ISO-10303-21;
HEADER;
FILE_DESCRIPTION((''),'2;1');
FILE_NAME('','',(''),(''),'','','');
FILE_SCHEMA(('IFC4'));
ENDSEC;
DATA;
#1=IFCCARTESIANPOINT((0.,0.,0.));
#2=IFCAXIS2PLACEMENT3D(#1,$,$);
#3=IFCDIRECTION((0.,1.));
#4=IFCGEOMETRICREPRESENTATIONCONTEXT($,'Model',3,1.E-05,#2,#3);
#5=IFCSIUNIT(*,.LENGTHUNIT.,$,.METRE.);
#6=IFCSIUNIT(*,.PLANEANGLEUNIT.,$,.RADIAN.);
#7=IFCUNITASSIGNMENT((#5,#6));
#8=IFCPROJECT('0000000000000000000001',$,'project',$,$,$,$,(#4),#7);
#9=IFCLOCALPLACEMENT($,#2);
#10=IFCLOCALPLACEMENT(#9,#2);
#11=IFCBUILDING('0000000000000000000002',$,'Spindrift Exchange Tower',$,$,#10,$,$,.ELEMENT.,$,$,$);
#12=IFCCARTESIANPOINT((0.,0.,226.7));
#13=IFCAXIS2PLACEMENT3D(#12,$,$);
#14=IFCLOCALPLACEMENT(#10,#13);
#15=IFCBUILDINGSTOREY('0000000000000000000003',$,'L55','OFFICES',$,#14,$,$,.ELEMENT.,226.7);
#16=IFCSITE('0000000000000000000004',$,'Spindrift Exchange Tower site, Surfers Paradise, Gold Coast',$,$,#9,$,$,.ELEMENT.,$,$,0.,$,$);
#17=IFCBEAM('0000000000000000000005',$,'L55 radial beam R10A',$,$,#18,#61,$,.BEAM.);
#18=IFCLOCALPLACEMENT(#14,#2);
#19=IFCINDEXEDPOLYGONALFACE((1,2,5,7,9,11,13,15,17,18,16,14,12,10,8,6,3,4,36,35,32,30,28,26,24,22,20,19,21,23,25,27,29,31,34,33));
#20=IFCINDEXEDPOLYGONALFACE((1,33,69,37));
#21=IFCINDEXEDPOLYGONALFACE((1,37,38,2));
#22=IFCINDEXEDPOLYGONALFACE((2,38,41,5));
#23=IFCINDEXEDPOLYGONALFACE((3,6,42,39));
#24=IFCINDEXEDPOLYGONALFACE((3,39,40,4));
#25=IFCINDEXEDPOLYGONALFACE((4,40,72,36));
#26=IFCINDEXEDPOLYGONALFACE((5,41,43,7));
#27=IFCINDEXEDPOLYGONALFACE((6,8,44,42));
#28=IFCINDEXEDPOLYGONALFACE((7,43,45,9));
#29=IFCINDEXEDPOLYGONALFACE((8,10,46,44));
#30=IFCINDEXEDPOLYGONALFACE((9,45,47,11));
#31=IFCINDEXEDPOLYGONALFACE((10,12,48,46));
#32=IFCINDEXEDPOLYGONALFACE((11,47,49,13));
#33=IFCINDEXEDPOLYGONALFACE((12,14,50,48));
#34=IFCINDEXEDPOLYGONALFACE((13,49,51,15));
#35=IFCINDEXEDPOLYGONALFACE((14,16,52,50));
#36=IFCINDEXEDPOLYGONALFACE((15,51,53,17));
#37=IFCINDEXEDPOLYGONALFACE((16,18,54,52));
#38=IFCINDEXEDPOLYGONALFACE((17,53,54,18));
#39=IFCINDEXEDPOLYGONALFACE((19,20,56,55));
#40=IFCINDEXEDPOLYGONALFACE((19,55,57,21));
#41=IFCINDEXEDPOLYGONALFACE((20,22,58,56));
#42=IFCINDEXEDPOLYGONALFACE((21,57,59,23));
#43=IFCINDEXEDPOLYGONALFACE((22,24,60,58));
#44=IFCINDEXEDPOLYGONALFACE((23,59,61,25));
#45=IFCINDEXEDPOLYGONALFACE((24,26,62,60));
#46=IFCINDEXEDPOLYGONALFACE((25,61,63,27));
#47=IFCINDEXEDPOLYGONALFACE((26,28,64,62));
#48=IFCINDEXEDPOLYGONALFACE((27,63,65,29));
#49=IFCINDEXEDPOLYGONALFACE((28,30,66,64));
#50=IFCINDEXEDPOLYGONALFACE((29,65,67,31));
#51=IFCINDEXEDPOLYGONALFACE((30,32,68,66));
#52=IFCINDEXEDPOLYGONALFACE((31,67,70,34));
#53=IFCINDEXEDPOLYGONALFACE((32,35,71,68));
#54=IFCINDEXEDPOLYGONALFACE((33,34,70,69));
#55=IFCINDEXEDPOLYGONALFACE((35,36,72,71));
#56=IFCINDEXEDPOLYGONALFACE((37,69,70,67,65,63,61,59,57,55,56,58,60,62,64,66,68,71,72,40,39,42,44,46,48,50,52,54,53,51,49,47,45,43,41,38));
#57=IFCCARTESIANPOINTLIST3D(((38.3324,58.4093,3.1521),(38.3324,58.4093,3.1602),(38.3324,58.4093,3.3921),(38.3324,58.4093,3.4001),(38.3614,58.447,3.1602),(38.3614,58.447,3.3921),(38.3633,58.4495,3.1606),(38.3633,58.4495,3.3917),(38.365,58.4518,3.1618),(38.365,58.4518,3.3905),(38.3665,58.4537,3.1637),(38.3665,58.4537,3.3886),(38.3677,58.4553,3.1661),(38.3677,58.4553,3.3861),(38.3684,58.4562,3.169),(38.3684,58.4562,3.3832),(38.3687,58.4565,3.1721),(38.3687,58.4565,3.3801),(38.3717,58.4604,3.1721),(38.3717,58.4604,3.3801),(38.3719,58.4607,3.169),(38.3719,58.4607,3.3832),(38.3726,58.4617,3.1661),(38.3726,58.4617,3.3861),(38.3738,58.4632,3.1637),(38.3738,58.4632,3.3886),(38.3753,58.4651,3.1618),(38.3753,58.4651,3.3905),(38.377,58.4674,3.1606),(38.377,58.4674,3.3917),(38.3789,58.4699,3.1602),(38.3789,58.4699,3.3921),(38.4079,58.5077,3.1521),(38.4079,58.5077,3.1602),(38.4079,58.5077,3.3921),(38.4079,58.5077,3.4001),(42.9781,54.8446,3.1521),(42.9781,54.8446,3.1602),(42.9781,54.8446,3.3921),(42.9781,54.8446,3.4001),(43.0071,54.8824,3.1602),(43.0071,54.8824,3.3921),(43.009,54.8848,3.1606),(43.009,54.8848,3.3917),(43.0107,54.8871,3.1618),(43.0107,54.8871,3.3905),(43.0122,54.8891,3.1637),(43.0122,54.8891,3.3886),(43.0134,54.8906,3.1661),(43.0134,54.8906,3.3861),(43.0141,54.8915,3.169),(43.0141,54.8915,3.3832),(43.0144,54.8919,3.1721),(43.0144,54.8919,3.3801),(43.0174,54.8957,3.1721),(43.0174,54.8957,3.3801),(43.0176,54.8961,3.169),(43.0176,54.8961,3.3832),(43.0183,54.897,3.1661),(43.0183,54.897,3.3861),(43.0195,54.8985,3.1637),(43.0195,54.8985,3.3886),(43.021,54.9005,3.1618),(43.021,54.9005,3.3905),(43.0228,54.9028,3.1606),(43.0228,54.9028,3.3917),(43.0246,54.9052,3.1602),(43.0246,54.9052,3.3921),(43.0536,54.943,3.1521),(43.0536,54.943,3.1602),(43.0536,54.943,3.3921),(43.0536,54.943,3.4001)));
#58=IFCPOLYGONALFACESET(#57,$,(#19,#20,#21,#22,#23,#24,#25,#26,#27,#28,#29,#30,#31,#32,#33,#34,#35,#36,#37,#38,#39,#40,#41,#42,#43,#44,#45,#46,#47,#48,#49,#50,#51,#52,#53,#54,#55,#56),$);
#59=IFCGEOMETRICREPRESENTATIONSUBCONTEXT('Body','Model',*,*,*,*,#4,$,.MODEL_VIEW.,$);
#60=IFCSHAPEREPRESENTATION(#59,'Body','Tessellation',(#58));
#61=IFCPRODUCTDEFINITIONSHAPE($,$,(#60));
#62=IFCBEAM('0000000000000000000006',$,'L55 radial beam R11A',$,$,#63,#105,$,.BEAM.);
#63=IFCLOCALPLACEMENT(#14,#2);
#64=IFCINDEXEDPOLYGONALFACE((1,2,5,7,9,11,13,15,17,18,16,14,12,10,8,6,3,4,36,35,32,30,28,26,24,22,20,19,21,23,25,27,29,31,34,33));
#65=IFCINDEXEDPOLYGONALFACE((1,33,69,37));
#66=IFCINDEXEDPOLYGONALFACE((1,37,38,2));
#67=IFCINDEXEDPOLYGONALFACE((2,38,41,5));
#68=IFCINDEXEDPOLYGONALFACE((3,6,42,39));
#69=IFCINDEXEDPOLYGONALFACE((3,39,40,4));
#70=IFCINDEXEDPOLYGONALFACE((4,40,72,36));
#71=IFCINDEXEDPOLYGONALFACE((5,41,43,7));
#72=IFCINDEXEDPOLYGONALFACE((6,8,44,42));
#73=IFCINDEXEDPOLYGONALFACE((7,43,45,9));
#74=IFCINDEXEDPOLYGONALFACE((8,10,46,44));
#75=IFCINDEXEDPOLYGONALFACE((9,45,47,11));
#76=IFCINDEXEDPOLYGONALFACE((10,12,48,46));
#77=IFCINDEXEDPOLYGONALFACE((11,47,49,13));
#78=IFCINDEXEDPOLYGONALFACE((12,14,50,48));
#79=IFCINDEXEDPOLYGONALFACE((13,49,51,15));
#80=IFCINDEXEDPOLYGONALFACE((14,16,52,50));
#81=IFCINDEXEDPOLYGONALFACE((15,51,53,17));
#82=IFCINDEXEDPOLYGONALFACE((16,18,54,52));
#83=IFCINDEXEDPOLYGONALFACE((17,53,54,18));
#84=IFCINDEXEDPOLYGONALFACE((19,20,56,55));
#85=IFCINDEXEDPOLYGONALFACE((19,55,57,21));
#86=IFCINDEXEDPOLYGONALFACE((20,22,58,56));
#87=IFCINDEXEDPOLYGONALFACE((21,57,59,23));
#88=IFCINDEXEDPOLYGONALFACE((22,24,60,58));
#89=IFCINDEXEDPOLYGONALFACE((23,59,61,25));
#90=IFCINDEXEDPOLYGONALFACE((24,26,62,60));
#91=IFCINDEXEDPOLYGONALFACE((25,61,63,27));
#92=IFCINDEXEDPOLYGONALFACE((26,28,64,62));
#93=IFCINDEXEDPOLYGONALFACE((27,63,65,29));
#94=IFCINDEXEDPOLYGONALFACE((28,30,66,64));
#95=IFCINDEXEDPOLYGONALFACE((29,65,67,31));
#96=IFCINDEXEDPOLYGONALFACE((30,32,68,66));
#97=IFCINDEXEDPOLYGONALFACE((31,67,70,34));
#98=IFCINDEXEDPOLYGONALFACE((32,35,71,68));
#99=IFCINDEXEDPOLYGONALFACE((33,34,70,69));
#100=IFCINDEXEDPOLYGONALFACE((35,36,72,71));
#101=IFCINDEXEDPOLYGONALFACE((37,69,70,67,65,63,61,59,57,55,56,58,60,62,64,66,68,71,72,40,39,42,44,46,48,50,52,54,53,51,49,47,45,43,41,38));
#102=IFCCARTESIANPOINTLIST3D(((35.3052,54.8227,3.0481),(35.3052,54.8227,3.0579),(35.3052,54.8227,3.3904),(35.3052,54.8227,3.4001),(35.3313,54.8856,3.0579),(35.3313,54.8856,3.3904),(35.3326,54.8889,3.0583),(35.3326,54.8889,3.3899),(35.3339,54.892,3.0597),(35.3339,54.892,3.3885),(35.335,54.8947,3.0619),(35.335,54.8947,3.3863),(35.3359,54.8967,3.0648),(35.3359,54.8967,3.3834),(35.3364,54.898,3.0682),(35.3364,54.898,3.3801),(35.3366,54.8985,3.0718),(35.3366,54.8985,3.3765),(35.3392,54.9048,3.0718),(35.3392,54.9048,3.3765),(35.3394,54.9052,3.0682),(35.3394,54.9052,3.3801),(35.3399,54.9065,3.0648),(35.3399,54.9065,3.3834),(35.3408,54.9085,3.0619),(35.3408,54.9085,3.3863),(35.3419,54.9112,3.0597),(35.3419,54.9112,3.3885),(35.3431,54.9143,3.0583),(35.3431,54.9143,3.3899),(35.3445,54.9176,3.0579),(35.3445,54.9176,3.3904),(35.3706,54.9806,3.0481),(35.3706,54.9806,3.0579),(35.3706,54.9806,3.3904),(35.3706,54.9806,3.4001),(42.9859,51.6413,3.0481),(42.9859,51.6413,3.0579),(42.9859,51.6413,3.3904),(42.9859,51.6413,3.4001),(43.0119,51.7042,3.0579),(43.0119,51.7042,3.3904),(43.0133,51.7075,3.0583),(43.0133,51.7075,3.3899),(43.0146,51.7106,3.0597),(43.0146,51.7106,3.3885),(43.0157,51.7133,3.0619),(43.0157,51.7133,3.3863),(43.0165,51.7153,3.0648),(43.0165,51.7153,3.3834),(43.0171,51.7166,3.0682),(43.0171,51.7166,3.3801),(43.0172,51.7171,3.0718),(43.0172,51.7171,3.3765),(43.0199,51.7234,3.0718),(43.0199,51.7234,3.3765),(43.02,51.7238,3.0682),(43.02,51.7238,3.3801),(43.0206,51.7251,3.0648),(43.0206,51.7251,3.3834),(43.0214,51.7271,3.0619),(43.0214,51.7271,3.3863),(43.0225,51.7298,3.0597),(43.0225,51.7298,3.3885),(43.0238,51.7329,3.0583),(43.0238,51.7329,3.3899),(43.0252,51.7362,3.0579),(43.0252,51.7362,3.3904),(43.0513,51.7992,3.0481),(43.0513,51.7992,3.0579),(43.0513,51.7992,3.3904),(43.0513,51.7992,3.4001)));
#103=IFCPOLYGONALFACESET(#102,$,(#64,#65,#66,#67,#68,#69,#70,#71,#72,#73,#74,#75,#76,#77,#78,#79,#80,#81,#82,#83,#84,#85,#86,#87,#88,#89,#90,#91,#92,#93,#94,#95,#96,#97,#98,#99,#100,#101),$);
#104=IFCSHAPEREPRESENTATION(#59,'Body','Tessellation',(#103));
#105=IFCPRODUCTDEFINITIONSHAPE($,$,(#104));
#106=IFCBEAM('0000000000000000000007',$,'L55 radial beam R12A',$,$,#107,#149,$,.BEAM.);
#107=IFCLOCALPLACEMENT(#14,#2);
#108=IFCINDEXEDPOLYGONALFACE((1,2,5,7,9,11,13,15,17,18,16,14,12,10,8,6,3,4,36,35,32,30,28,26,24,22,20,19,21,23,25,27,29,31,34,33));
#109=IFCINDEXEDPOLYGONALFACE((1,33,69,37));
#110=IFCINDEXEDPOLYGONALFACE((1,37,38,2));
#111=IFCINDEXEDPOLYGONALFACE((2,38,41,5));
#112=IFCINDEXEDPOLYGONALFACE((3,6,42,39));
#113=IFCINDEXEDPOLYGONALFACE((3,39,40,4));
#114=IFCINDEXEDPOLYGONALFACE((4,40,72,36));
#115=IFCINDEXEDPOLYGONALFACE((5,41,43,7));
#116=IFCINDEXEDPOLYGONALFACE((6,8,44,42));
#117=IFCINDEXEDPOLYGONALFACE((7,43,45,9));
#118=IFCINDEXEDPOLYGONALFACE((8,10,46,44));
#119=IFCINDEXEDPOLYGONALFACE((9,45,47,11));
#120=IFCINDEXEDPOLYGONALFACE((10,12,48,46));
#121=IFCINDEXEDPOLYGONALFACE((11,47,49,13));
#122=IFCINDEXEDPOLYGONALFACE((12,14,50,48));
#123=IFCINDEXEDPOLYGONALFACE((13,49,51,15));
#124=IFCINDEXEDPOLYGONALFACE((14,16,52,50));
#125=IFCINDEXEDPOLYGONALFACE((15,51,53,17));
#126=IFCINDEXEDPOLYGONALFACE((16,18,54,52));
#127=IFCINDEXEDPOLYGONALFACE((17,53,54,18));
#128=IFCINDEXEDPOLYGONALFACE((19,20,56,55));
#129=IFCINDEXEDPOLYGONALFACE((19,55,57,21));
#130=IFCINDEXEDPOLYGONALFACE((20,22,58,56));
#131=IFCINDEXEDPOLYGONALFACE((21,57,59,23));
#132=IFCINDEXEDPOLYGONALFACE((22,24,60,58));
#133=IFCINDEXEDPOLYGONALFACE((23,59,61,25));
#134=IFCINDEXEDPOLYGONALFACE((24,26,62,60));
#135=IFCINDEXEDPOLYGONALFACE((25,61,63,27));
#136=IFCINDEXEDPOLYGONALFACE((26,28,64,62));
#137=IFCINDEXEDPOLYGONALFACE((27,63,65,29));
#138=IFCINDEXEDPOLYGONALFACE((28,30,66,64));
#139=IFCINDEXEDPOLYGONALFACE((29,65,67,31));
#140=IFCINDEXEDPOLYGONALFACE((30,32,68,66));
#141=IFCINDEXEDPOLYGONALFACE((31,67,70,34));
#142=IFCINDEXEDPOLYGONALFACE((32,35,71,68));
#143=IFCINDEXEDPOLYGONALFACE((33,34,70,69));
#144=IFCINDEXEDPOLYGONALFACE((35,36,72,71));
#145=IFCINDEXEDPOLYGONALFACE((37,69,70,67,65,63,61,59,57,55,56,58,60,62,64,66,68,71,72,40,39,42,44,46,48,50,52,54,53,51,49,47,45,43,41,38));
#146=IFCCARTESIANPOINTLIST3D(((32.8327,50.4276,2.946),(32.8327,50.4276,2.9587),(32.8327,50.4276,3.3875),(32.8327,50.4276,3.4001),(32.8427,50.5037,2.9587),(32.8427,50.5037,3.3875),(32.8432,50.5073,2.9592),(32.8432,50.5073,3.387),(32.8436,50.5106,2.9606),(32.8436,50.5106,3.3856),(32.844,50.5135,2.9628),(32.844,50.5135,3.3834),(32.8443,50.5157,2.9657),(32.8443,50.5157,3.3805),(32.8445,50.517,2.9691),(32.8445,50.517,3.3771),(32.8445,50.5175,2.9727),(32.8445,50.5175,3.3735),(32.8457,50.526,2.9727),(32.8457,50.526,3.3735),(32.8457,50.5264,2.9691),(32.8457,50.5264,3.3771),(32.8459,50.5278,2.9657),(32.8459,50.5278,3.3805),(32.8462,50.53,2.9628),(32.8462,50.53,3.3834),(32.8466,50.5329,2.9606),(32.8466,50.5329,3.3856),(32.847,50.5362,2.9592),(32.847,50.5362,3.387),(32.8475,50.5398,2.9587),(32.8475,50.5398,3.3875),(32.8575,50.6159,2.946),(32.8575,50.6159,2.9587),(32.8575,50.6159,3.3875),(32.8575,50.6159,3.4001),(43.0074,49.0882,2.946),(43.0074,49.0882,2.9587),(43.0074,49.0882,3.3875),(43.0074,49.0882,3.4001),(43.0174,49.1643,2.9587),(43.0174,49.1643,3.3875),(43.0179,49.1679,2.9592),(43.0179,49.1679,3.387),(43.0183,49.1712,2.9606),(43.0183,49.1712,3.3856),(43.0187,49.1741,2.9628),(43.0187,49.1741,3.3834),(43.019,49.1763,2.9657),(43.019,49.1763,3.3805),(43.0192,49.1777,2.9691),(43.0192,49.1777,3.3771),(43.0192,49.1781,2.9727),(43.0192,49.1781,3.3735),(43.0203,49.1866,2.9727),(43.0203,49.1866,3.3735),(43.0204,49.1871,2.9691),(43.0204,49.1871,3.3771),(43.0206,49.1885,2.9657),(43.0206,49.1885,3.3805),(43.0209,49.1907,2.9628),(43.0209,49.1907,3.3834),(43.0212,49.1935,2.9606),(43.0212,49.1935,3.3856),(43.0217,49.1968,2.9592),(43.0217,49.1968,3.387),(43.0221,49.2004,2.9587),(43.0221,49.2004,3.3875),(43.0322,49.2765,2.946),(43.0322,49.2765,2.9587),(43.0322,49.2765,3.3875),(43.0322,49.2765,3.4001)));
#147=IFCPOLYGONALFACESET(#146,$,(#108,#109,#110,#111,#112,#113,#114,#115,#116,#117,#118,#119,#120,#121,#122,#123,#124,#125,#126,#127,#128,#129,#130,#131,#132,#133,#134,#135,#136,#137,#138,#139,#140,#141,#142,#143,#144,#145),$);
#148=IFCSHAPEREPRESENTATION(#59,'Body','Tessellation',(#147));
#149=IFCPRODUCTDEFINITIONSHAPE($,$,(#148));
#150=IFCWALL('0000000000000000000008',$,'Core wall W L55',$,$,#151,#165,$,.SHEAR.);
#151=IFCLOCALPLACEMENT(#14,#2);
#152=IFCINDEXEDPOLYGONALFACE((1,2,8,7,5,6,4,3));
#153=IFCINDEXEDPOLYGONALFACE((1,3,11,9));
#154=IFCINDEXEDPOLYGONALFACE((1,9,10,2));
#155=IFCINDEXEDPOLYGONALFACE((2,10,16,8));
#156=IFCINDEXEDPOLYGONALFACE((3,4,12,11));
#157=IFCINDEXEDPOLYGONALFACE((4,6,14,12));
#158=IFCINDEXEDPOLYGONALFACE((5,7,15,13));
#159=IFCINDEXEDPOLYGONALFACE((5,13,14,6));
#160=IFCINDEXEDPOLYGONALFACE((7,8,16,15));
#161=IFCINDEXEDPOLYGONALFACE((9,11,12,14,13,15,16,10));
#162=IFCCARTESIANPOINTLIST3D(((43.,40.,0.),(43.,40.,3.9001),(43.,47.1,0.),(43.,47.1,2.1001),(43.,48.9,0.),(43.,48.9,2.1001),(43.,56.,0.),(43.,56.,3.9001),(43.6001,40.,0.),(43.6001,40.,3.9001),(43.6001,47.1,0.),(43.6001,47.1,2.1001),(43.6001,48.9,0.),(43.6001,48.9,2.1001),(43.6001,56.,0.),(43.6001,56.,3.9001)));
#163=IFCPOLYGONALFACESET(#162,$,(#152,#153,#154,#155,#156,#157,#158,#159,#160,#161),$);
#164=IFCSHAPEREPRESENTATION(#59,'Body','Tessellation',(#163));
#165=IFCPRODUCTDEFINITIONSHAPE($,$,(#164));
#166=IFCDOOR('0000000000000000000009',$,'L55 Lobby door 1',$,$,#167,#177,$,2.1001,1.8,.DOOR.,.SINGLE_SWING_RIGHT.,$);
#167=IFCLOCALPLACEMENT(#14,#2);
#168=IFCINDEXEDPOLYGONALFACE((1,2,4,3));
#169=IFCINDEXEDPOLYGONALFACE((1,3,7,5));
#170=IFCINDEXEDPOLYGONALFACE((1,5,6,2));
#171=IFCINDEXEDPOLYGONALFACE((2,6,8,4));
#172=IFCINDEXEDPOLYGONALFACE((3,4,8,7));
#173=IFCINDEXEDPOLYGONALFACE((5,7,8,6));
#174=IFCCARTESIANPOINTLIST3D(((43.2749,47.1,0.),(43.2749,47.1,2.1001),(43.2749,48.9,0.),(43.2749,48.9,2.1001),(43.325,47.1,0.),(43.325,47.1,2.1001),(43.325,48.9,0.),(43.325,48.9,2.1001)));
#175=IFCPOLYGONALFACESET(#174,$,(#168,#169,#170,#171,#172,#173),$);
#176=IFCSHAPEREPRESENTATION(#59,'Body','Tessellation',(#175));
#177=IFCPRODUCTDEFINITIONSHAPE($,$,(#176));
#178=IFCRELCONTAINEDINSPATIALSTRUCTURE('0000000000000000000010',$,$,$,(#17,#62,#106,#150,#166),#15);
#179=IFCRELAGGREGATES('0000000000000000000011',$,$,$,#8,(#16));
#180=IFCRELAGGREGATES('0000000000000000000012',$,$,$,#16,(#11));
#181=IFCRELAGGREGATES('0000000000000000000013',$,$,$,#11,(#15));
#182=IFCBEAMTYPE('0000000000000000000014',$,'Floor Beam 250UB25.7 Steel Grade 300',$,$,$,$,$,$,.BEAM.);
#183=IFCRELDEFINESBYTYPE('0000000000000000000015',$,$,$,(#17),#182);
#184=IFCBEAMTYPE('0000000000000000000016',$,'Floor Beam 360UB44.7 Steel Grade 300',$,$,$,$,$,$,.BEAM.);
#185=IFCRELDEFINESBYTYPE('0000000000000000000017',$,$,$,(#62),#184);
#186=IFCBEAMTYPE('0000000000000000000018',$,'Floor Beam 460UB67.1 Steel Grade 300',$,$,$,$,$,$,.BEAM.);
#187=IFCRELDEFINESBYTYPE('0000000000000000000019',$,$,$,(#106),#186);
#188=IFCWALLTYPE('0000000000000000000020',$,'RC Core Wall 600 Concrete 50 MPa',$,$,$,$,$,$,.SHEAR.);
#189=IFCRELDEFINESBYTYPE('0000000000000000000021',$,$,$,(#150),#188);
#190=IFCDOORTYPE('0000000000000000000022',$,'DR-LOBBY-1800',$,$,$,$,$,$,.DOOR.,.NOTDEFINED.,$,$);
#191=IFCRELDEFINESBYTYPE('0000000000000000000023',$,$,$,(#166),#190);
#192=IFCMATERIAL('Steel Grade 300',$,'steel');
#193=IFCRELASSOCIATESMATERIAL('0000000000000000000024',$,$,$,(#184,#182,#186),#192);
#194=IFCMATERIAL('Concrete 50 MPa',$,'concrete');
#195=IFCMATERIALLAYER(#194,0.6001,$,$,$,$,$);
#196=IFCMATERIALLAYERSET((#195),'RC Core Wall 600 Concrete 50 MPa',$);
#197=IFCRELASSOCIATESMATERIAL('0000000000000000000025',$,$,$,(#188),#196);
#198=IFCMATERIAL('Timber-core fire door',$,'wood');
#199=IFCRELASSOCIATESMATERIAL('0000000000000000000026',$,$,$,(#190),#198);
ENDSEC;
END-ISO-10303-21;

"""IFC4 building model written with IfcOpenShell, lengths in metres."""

from ifc_helpers import new_model, si_unit, direction, frame, frame_2d, origin, origin_2d, place, context, subcontext, project, spatial, rectangle, i_section, extrude, source, transform, mapped, material, layer, layer_set, material_profile, profile_set, type_object, element, fill, save


model = new_model("IFC4")

# Units and contexts
model_context = context("Model", 3, precision=1e-05, world=origin(), true_north=direction((0.0, 1.0)))
body_context = subcontext(model_context, "Body", "Model", "MODEL_VIEW")
ifc_project = project(units=[si_unit("LENGTHUNIT", "METRE"), si_unit("PLANEANGLEUNIT", "RADIAN")], contexts=[model_context])

# Site, building, storey
site_placement = place(None, origin())
site = spatial("IfcSite", under=ifc_project, at=site_placement, Name="Spindrift Exchange Tower site, Surfers Paradise, Gold Coast", CompositionType="ELEMENT", RefElevation=0.0)
building_placement = place(site_placement, origin())
building = spatial("IfcBuilding", under=site, at=building_placement, Name="Spindrift Exchange Tower", CompositionType="ELEMENT")
storey_placement = place(building_placement, frame((0.0, 0.0, 226.7)))
storey = spatial("IfcBuildingStorey", under=building, at=storey_placement, Name="L55", Description="OFFICES", CompositionType="ELEMENT", Elevation=226.7)

# Beams
ifc_material_1 = material(Name="Steel Grade 300", Category="steel")
ifc_material_profile_1 = material_profile(ifc_material_1, i_section(OverallWidth=0.1709, OverallDepth=0.3521, WebThickness=0.0068, FlangeThickness=0.0098, FilletRadius=0.0139, at=origin_2d()), Name="360UB44.7")
ifc_profile_set_1 = profile_set([ifc_material_profile_1], Name="Steel Grade 300")
beam_type_1 = type_object("IfcBeamType", Name="Floor Beam 360UB44.7 Steel Grade 300", PredefinedType="BEAM", material=ifc_profile_set_1)
ifc_material_profile_2 = material_profile(ifc_material_1, i_section(OverallWidth=0.124, OverallDepth=0.248, WebThickness=0.0049, FlangeThickness=0.0081, FilletRadius=0.012, at=origin_2d()), Name="250UB25.7")
ifc_profile_set_2 = profile_set([ifc_material_profile_2], Name="Steel Grade 300")
beam_type_2 = type_object("IfcBeamType", Name="Floor Beam 250UB25.7 Steel Grade 300", PredefinedType="BEAM", material=ifc_profile_set_2)
shared_shape_1 = source(origin(), body_context, "Body", "SweptSolid", [
    extrude(i_section(OverallWidth=0.124, OverallDepth=0.248, WebThickness=0.0049, FlangeThickness=0.0081, FilletRadius=0.012, at=origin_2d()), origin(), (0.0, 0.0, 1.0), 5.8557),
])
beam_1_placement = place(storey_placement, frame((43.0159, 54.8938, 3.2761), z_axis=(-0.793363, 0.608749, 0.0), x_axis=(-0.608749, -0.793363, 0.0)))
element("IfcBeam", 1, at=beam_1_placement, inside=storey, type_object=beam_type_2, Name="L55 radial beam R10A", PredefinedType="BEAM", context=body_context, shape_type="MappedRepresentation", body=[
    mapped(shared_shape_1, transform((0.0, 0.0, 0.0), scale=1.0)),
])
shared_shape_2 = source(origin(), body_context, "Body", "SweptSolid", [
    extrude(i_section(OverallWidth=0.1709, OverallDepth=0.3521, WebThickness=0.0068, FlangeThickness=0.0098, FilletRadius=0.0139, at=origin_2d()), origin(), (0.0, 0.0, 1.0), 8.3135),
])
beam_2_placement = place(storey_placement, frame((43.0186, 51.7202, 3.2241), z_axis=(-0.923881, 0.382679, 0.0), x_axis=(-0.382679, -0.923881, 0.0)))
element("IfcBeam", 2, at=beam_2_placement, inside=storey, type_object=beam_type_1, Name="L55 radial beam R11A", PredefinedType="BEAM", context=body_context, shape_type="MappedRepresentation", body=[
    mapped(shared_shape_2, transform((0.0, 0.0, 0.0), scale=1.0)),
])
ifc_material_profile_3 = material_profile(ifc_material_1, i_section(OverallWidth=0.1899, OverallDepth=0.4541, WebThickness=0.0085, FlangeThickness=0.0127, FilletRadius=0.0139, at=origin_2d()), Name="460UB67.1")
ifc_profile_set_3 = profile_set([ifc_material_profile_3], Name="Steel Grade 300")
beam_type_3 = type_object("IfcBeamType", Name="Floor Beam 460UB67.1 Steel Grade 300", PredefinedType="BEAM", material=ifc_profile_set_3)
shared_shape_3 = source(origin(), body_context, "Body", "SweptSolid", [
    extrude(i_section(OverallWidth=0.1899, OverallDepth=0.4541, WebThickness=0.0085, FlangeThickness=0.0127, FilletRadius=0.0139, at=origin_2d()), origin(), (0.0, 0.0, 1.0), 10.2625),
])
beam_3_placement = place(storey_placement, frame((43.0198, 49.1824, 3.1731), z_axis=(-0.991447, 0.130512, 0.0), x_axis=(-0.130512, -0.991447, 0.0)))
element("IfcBeam", 3, at=beam_3_placement, inside=storey, type_object=beam_type_3, Name="L55 radial beam R12A", PredefinedType="BEAM", context=body_context, shape_type="MappedRepresentation", body=[
    mapped(shared_shape_3, transform((0.0, 0.0, 0.0), scale=1.0)),
])

# Wall, opening, door
ifc_material_2 = material(Name="Concrete 50 MPa", Category="concrete")
ifc_layer_1 = layer(ifc_material_2, 0.6001)
ifc_layer_set_1 = layer_set([ifc_layer_1], Name="RC Core Wall 600 Concrete 50 MPa")
wall_type_1 = type_object("IfcWallType", Name="RC Core Wall 600 Concrete 50 MPa", PredefinedType="SHEAR", material=ifc_layer_set_1)
wall_1_placement = place(storey_placement, frame((43.3, 56.0, 0.0), z_axis=(0.0, 0.0, 1.0), x_axis=(0.0, -1.0, 0.0)))
wall_1 = element("IfcWall", 4, at=wall_1_placement, inside=storey, type_object=wall_type_1, Name="Core wall W L55", PredefinedType="SHEAR", context=body_context, shape_type="SweptSolid", body=[
    extrude(rectangle(XDim=16.0, YDim=0.6001, at=frame_2d((8.0, 0.0))), origin(), (0.0, 0.0, 1.0), 3.9001),
])
opening_1_placement = place(wall_1_placement, frame((7.1001, 0.0, 0.0)))
opening_1 = element("IfcOpeningElement", 5, at=opening_1_placement, cuts=wall_1, PredefinedType="OPENING", context=body_context, shape_type="SweptSolid", body=[
    extrude(rectangle(XDim=1.8, YDim=2.1001, at=frame_2d((0.8999, 1.05))), frame((0.0, 0.3101, 0.0), z_axis=(0.0, -1.0, 0.0), x_axis=(1.0, 0.0, 0.0)), (0.0, 0.0, 1.0), 0.6201),
])
ifc_material_3 = material(Name="Timber-core fire door", Category="wood")
door_type_1 = type_object("IfcDoorType", Name="DR-LOBBY-1800", OperationType="NOTDEFINED", PredefinedType="DOOR", material=ifc_material_3)
shared_shape_4 = source(origin(), body_context, "Body", "SweptSolid", [
    extrude(rectangle(XDim=1.8, YDim=2.1001, at=frame_2d((0.8999, 1.05))), frame((0.0, 0.0249, 0.0), z_axis=(0.0, -1.0, 0.0), x_axis=(1.0, 0.0, 0.0)), (0.0, 0.0, 1.0), 0.05),
])
door_1_placement = place(opening_1_placement, origin())
door_1 = element("IfcDoor", 6, at=door_1_placement, inside=storey, type_object=door_type_1, Name="L55 Lobby door 1", OperationType="SINGLE_SWING_RIGHT", OverallHeight=2.1001, OverallWidth=1.8, PredefinedType="DOOR", context=body_context, shape_type="MappedRepresentation", body=[
    mapped(shared_shape_4, transform((0.0, 0.0, 0.0), scale=1.0)),
])
fill(opening_1, door_1)

save(model, "model.ifc")
